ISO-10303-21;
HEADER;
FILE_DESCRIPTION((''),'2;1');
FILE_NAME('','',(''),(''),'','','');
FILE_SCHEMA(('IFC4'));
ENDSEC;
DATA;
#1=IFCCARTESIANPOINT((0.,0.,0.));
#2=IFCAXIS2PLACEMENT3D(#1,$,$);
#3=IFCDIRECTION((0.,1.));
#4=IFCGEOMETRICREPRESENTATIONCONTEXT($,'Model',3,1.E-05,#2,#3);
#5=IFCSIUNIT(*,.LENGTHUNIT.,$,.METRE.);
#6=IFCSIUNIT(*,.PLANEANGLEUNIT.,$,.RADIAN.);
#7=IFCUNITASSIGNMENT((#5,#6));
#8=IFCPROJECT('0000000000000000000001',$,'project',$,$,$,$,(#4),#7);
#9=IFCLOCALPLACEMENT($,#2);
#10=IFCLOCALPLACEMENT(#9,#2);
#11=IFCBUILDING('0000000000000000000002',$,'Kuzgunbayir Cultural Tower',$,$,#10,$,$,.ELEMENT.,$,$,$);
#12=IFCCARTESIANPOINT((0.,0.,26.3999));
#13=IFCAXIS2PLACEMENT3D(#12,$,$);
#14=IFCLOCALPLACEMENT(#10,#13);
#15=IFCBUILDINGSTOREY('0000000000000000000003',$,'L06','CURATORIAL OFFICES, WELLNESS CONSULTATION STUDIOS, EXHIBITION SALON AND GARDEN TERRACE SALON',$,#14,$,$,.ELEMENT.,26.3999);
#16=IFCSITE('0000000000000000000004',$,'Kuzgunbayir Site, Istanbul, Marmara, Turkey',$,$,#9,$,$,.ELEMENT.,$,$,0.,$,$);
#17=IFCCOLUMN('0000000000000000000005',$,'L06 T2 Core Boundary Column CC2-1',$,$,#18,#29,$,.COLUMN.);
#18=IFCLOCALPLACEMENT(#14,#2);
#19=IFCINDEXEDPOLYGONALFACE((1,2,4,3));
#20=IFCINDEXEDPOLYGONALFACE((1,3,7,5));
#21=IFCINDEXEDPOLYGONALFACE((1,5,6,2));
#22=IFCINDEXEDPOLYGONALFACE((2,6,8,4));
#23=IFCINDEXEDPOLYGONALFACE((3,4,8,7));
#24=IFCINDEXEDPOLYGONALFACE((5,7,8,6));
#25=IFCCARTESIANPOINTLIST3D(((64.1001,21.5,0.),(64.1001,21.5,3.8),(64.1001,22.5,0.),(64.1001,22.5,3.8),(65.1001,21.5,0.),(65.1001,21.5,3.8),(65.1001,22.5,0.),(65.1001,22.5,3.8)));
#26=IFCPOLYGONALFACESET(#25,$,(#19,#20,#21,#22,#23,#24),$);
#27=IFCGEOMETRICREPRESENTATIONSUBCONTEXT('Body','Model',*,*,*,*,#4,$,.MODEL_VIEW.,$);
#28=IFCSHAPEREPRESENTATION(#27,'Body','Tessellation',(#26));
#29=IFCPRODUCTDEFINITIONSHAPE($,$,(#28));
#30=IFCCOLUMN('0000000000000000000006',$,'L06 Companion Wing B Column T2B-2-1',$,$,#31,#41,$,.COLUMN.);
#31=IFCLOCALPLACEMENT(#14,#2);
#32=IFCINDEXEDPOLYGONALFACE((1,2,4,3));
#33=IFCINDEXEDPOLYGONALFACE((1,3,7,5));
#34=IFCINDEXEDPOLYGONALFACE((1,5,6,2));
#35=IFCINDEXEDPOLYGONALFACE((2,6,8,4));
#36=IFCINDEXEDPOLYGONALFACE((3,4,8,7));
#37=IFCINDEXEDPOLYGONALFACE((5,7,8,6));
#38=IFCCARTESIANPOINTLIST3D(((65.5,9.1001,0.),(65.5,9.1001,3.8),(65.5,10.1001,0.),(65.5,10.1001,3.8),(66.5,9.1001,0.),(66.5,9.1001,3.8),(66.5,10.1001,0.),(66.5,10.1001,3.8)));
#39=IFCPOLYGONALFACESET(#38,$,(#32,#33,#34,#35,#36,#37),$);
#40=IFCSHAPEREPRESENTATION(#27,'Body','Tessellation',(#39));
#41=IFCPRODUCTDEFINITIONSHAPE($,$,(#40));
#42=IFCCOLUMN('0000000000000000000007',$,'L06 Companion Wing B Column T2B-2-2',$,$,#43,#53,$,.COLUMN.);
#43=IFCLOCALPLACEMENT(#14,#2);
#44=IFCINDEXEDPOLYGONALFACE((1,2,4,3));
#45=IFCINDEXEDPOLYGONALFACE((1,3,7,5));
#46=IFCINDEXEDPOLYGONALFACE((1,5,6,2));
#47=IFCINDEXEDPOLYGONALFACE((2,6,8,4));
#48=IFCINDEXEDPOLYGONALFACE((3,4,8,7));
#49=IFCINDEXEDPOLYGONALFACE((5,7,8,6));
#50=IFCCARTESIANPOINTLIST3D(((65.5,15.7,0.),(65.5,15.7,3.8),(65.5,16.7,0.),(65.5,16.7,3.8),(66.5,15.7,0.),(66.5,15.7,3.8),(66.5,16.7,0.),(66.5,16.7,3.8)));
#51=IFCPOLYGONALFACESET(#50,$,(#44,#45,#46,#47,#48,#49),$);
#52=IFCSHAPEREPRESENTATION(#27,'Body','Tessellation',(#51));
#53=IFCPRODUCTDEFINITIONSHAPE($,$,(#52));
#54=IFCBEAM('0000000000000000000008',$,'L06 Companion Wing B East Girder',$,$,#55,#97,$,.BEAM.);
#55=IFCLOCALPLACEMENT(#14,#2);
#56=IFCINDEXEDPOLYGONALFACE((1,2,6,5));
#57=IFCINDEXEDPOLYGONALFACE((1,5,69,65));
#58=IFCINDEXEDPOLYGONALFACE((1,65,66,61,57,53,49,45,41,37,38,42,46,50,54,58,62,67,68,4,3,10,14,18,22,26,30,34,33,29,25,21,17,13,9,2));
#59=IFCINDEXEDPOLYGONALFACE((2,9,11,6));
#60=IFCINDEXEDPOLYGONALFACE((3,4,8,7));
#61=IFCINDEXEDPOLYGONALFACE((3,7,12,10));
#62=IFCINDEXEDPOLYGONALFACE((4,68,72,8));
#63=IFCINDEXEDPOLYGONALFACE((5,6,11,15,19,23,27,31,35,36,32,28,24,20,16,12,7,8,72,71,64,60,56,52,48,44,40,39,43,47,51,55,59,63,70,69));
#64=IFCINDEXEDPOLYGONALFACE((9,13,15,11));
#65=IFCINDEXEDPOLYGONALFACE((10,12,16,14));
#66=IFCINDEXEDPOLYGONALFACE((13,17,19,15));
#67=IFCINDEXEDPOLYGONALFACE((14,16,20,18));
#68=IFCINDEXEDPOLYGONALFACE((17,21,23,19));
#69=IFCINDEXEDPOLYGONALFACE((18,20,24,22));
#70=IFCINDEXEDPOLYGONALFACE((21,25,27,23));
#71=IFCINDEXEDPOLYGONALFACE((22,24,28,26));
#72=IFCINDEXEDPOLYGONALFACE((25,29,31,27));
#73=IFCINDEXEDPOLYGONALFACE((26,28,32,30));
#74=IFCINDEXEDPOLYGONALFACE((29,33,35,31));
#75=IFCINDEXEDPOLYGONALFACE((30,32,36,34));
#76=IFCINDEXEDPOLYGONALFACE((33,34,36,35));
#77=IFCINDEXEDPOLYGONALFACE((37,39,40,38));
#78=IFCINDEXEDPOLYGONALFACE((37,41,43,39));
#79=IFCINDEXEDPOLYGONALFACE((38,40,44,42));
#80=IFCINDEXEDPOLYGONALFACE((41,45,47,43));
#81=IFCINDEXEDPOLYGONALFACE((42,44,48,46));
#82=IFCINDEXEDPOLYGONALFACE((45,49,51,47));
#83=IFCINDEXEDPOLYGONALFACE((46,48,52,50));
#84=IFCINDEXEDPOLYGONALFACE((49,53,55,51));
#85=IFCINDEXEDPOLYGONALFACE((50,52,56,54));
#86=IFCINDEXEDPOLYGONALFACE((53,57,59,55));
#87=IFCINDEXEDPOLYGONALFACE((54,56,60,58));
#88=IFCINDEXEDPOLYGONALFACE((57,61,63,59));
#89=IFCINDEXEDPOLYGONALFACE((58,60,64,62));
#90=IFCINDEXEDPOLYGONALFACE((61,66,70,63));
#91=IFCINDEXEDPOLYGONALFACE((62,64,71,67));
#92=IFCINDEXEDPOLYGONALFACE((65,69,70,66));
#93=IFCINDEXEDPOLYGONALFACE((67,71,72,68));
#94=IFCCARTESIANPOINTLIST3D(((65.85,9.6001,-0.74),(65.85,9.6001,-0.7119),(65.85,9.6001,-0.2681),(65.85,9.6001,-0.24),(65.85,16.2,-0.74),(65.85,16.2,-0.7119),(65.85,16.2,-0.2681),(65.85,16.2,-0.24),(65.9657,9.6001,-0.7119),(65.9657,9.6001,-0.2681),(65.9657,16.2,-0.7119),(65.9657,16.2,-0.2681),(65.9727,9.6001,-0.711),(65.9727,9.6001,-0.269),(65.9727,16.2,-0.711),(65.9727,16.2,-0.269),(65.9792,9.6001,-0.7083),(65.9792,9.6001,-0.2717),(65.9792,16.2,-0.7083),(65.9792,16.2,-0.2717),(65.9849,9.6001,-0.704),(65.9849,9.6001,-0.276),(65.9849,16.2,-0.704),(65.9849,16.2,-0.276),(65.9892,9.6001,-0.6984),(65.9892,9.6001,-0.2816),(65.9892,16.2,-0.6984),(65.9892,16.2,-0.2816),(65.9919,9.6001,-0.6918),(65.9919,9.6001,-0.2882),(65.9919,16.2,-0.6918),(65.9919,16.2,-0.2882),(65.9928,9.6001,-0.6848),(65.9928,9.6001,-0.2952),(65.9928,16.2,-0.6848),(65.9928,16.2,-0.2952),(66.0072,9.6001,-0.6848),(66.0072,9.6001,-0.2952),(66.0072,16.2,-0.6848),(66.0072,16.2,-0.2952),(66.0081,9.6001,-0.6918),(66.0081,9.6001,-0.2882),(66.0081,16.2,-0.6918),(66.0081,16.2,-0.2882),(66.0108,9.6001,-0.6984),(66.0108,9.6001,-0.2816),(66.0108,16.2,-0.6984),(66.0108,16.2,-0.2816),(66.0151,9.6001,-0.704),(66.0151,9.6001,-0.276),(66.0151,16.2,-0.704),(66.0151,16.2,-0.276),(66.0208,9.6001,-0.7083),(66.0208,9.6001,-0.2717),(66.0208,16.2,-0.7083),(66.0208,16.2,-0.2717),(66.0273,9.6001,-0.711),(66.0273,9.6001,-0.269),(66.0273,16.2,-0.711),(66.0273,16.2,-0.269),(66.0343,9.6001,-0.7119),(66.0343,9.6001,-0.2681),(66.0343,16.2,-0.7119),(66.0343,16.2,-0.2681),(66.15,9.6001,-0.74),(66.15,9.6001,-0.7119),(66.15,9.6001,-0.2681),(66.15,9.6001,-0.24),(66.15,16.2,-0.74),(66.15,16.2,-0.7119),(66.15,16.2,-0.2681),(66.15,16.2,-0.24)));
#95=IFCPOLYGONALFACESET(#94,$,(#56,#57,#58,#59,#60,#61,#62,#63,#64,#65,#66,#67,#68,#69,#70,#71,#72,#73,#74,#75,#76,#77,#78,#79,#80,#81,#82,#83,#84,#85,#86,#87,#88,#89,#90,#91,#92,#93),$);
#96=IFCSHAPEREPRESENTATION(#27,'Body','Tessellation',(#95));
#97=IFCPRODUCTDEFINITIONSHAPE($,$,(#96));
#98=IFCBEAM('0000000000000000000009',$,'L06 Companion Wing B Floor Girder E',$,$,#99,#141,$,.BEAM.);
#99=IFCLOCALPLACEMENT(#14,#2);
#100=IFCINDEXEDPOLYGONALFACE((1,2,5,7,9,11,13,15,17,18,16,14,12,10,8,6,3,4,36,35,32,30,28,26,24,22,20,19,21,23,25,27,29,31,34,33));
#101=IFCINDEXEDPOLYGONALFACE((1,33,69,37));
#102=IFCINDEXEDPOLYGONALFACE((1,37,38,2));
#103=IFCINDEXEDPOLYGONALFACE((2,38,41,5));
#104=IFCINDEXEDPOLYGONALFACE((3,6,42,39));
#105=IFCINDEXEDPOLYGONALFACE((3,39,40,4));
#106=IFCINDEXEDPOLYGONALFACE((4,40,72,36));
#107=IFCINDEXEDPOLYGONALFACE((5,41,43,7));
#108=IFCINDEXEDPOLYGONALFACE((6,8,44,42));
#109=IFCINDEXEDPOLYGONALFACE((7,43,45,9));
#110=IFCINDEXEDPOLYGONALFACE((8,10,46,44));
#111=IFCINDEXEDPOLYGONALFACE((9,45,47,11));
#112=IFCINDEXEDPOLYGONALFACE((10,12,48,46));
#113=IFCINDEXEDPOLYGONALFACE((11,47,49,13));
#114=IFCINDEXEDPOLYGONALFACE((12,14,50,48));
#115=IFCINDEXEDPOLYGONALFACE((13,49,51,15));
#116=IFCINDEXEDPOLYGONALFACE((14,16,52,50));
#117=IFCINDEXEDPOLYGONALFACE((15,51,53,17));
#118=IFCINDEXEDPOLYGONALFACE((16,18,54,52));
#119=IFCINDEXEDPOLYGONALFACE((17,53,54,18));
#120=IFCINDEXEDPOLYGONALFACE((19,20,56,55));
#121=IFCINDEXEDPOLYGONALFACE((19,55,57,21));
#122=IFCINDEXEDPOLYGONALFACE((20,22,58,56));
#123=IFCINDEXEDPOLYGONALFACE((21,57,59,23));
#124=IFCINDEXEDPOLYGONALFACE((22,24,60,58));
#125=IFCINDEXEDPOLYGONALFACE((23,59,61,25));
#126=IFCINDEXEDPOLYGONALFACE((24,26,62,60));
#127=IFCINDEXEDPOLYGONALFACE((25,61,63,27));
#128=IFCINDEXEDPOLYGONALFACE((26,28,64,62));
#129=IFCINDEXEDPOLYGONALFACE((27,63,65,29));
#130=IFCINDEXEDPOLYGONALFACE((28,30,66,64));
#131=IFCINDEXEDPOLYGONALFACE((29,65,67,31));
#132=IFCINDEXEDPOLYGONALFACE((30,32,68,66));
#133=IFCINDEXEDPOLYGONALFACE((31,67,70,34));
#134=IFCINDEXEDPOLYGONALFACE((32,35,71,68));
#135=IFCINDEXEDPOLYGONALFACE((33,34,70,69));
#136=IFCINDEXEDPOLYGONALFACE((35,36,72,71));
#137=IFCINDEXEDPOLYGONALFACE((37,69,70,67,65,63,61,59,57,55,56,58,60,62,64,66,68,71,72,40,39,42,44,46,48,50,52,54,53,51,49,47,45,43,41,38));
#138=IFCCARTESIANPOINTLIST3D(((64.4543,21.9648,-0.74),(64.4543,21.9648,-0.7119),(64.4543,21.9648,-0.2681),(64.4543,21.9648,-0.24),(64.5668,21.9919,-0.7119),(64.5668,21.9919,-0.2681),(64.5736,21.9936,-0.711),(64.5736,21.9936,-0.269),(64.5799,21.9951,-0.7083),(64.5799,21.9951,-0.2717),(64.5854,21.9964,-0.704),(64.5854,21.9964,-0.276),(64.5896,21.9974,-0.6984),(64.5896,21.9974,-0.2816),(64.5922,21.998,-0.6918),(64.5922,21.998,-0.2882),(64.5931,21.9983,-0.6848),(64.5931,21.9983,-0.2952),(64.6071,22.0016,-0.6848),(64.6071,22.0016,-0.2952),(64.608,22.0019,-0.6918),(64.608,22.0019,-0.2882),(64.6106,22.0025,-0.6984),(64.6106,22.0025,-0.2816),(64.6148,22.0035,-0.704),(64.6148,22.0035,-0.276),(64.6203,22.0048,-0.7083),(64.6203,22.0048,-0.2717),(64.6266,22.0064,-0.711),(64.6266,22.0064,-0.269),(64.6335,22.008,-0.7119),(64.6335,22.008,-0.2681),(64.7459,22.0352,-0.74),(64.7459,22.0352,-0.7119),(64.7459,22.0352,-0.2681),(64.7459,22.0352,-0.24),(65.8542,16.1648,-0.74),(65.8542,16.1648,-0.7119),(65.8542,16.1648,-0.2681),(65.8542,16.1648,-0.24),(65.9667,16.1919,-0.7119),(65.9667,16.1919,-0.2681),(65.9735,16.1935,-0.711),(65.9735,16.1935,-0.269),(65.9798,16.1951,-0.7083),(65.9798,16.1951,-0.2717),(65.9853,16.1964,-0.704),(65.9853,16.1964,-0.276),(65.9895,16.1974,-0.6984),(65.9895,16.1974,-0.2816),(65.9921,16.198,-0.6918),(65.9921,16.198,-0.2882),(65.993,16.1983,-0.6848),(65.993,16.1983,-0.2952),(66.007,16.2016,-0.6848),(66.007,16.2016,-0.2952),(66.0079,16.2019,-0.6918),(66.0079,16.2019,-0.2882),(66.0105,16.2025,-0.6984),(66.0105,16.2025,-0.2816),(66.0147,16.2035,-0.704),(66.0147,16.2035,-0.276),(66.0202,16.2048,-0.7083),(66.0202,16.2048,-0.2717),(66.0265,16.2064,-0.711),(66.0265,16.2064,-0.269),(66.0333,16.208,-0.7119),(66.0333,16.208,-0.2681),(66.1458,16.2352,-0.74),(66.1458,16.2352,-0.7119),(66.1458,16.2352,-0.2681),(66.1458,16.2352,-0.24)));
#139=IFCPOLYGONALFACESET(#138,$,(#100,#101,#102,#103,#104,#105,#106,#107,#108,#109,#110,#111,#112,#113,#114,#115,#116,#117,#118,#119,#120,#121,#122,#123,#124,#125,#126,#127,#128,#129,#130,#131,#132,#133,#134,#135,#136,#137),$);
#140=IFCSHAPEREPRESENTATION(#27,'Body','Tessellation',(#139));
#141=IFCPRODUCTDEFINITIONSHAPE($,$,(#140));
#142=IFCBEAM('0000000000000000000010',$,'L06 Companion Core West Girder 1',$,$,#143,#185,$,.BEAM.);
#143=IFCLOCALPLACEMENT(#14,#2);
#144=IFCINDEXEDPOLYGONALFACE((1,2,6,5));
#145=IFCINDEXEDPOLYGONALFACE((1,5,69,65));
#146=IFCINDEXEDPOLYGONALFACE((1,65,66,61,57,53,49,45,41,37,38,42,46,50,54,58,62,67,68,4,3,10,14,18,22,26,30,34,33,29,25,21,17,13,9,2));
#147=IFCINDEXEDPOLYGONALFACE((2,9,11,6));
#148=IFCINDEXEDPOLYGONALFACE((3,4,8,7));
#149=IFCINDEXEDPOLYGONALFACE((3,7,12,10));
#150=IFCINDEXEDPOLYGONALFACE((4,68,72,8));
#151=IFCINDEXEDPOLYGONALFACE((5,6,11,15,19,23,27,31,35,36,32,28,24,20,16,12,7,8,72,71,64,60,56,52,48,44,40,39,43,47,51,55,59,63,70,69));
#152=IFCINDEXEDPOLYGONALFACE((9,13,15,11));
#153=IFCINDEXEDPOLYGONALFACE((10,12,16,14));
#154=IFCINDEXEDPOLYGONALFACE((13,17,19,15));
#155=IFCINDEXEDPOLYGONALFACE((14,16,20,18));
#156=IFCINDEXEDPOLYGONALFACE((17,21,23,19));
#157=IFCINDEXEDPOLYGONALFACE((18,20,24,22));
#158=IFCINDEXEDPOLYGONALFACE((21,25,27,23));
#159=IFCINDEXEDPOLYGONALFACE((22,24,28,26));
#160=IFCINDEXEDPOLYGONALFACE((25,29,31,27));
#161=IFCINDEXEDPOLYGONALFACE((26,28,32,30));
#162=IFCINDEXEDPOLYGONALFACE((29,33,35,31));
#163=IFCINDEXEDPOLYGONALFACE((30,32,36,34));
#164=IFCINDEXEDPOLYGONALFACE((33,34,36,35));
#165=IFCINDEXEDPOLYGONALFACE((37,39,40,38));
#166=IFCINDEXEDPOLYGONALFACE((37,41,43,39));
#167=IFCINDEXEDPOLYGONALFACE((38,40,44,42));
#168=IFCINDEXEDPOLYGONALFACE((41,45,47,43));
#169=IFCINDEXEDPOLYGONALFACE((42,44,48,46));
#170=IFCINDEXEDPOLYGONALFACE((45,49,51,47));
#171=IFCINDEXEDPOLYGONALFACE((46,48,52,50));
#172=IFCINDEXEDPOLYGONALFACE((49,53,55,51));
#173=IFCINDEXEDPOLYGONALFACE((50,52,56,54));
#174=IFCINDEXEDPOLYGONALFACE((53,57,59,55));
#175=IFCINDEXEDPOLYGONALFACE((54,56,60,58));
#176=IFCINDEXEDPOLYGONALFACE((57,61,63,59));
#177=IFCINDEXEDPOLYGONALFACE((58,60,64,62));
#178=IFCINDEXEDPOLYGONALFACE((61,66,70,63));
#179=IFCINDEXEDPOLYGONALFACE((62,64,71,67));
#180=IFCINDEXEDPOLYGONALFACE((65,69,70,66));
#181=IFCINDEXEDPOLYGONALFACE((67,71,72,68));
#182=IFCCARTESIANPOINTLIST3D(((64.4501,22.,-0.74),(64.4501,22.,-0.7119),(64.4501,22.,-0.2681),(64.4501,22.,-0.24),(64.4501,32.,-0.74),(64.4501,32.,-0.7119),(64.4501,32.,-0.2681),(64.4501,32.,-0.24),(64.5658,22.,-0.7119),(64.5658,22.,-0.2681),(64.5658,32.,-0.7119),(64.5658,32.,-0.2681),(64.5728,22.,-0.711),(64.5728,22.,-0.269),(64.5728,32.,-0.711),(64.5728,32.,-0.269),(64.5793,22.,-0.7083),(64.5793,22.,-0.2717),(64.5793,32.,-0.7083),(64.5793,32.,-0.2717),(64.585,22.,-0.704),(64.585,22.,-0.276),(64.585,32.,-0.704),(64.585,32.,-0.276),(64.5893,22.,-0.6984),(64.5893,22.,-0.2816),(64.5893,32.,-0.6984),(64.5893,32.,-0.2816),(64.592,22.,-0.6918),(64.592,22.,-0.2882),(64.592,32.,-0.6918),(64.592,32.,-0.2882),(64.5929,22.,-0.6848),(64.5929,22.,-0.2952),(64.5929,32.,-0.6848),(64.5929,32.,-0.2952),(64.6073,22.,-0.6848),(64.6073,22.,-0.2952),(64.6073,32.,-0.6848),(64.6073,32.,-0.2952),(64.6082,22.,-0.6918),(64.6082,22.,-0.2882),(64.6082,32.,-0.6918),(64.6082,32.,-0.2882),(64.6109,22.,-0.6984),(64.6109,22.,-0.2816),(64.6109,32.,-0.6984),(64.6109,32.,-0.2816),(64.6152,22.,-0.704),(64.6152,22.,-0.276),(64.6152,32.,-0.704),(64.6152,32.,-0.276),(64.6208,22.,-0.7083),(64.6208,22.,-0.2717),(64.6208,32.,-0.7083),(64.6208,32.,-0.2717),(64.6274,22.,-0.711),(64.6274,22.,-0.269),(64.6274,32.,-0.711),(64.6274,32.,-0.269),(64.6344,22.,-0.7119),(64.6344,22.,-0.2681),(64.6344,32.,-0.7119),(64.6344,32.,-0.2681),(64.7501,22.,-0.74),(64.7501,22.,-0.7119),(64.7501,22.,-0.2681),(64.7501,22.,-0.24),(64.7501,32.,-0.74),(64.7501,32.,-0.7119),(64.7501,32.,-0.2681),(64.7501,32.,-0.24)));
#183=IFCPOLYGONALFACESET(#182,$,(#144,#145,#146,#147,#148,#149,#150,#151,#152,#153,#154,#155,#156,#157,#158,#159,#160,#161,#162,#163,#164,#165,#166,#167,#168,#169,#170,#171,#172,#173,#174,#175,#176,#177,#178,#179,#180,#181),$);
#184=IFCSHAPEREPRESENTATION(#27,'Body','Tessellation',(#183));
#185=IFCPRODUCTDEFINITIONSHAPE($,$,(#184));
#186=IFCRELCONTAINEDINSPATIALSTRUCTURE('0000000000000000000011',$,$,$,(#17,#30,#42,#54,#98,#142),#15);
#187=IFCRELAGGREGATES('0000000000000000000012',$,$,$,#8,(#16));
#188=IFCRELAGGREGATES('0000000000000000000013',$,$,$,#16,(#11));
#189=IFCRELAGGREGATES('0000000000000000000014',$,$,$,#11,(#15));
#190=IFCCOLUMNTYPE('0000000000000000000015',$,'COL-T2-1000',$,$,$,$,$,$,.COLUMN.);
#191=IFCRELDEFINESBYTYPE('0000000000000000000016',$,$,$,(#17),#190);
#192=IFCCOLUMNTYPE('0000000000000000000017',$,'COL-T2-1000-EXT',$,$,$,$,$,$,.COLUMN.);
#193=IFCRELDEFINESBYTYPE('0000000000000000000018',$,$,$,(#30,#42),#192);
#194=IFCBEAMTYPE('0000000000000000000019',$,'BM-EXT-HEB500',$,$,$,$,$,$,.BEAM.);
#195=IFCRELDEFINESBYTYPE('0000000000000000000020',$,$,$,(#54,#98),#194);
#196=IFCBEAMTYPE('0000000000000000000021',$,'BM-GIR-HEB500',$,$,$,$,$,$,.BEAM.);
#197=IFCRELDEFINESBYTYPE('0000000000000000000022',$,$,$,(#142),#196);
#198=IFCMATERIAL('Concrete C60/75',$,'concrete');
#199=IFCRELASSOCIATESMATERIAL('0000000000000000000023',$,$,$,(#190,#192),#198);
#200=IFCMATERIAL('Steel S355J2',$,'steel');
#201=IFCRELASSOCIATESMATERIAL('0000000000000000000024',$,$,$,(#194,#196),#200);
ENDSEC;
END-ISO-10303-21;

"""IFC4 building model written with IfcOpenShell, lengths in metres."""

from ifc_helpers import new_model, si_unit, direction, frame, origin, origin_2d, place, context, subcontext, project, spatial, rectangle, i_section, extrude, material, material_profile, profile_set, type_object, element, save


model = new_model("IFC4")

# Units and contexts
model_context = context("Model", 3, precision=1e-05, world=origin(), true_north=direction((0.0, 1.0)))
body_context = subcontext(model_context, "Body", "Model", "MODEL_VIEW")
ifc_project = project(units=[si_unit("LENGTHUNIT", "METRE"), si_unit("PLANEANGLEUNIT", "RADIAN")], contexts=[model_context])

# Site, building, storey
site_placement = place(None, origin())
site = spatial("IfcSite", under=ifc_project, at=site_placement, Name="Kuzgunbayir Site, Istanbul, Marmara, Turkey", CompositionType="ELEMENT", RefElevation=0.0)
building_placement = place(site_placement, origin())
building = spatial("IfcBuilding", under=site, at=building_placement, Name="Kuzgunbayir Cultural Tower", CompositionType="ELEMENT")
storey_placement = place(building_placement, frame((0.0, 0.0, 26.3999)))
storey = spatial("IfcBuildingStorey", under=building, at=storey_placement, Name="L06", Description="CURATORIAL OFFICES, WELLNESS CONSULTATION STUDIOS, EXHIBITION SALON AND GARDEN TERRACE SALON", CompositionType="ELEMENT", Elevation=26.3999)

# Columns
ifc_material_1 = material(Name="Concrete C60/75", Category="concrete")
ifc_material_profile_1 = material_profile(ifc_material_1, rectangle(XDim=1.0, YDim=1.0, at=origin_2d()), Name="RC 1000x1000")
ifc_profile_set_1 = profile_set([ifc_material_profile_1], Name="Concrete C60/75")
column_type_1 = type_object("IfcColumnType", Name="COL-T2-1000", PredefinedType="COLUMN", material=ifc_profile_set_1)
column_placement = place(storey_placement, frame((64.6001, 22.0, 0.0), z_axis=(0.0, 0.0, 1.0), x_axis=(1.0, 0.0, 0.0)))
element("IfcColumn", 1, at=column_placement, inside=storey, type_object=column_type_1, Name="L06 T2 Core Boundary Column CC2-1", PredefinedType="COLUMN", context=body_context, shape_type="SweptSolid", body=[
    extrude(rectangle(XDim=1.0, YDim=1.0, at=origin_2d()), origin(), (0.0, 0.0, 1.0), 3.8),
])
ifc_material_profile_2 = material_profile(ifc_material_1, rectangle(XDim=1.0, YDim=1.0, at=origin_2d()), Name="RC 1000x1000")
ifc_profile_set_2 = profile_set([ifc_material_profile_2], Name="Concrete C60/75")
column_type_2 = type_object("IfcColumnType", Name="COL-T2-1000-EXT", PredefinedType="COLUMN", material=ifc_profile_set_2)
for number, where, z_axis, x_axis, name in (
    (2, (66.0, 9.6001, 0.0), (0.0, 0.0, 1.0), (1.0, 0.0, 0.0), "L06 Companion Wing B Column T2B-2-1"),
    (3, (66.0, 16.2, 0.0), (0.0, 0.0, 1.0), (1.0, 0.0, 0.0), "L06 Companion Wing B Column T2B-2-2"),
):
    element("IfcColumn", number, at=place(storey_placement, frame(where, z_axis=z_axis, x_axis=x_axis)), inside=storey, type_object=column_type_2, Name=name, PredefinedType="COLUMN", context=body_context, shape_type="SweptSolid", body=[
        extrude(rectangle(XDim=1.0, YDim=1.0, at=origin_2d()), origin(), (0.0, 0.0, 1.0), 3.8),
    ])

# Beams
ifc_material_2 = material(Name="Steel S355J2", Category="steel")
ifc_material_profile_3 = material_profile(ifc_material_2, i_section(OverallWidth=0.3, OverallDepth=0.5, WebThickness=0.0144, FlangeThickness=0.0281, FilletRadius=0.0271, at=origin_2d()), Name="HEB 500")
ifc_profile_set_3 = profile_set([ifc_material_profile_3], Name="Steel S355J2")
beam_type_1 = type_object("IfcBeamType", Name="BM-EXT-HEB500", PredefinedType="BEAM", material=ifc_profile_set_3)
beam_1_placement = place(storey_placement, frame((66.0, 9.6001, -0.49), z_axis=(0.0, 1.0, 0.0), x_axis=(-1.0, 0.0, 0.0)))
element("IfcBeam", 4, at=beam_1_placement, inside=storey, type_object=beam_type_1, Name="L06 Companion Wing B East Girder", PredefinedType="BEAM", context=body_context, shape_type="SweptSolid", body=[
    extrude(i_section(OverallWidth=0.3, OverallDepth=0.5, WebThickness=0.0144, FlangeThickness=0.0281, FilletRadius=0.0271, at=origin_2d()), origin(), (0.0, 0.0, 1.0), 6.5999),
])
beam_2_placement = place(storey_placement, frame((66.0, 16.2, -0.49), z_axis=(-0.234623, 0.972086, 0.0), x_axis=(-0.972086, -0.234623, 0.0)))
element("IfcBeam", 5, at=beam_2_placement, inside=storey, type_object=beam_type_1, Name="L06 Companion Wing B Floor Girder E", PredefinedType="BEAM", context=body_context, shape_type="SweptSolid", body=[
    extrude(i_section(OverallWidth=0.3, OverallDepth=0.5, WebThickness=0.0144, FlangeThickness=0.0281, FilletRadius=0.0271, at=origin_2d()), origin(), (0.0, 0.0, 1.0), 5.9666),
])
ifc_material_profile_4 = material_profile(ifc_material_2, i_section(OverallWidth=0.3, OverallDepth=0.5, WebThickness=0.0144, FlangeThickness=0.0281, FilletRadius=0.0271, at=origin_2d()), Name="HEB 500")
ifc_profile_set_4 = profile_set([ifc_material_profile_4], Name="Steel S355J2")
beam_type_2 = type_object("IfcBeamType", Name="BM-GIR-HEB500", PredefinedType="BEAM", material=ifc_profile_set_4)
beam_3_placement = place(storey_placement, frame((64.6001, 22.0, -0.49), z_axis=(0.0, 1.0, 0.0), x_axis=(-1.0, 0.0, 0.0)))
element("IfcBeam", 6, at=beam_3_placement, inside=storey, type_object=beam_type_2, Name="L06 Companion Core West Girder 1", PredefinedType="BEAM", context=body_context, shape_type="SweptSolid", body=[
    extrude(i_section(OverallWidth=0.3, OverallDepth=0.5, WebThickness=0.0144, FlangeThickness=0.0281, FilletRadius=0.0271, at=origin_2d()), origin(), (0.0, 0.0, 1.0), 10.0),
])

save(model, "model.ifc")
